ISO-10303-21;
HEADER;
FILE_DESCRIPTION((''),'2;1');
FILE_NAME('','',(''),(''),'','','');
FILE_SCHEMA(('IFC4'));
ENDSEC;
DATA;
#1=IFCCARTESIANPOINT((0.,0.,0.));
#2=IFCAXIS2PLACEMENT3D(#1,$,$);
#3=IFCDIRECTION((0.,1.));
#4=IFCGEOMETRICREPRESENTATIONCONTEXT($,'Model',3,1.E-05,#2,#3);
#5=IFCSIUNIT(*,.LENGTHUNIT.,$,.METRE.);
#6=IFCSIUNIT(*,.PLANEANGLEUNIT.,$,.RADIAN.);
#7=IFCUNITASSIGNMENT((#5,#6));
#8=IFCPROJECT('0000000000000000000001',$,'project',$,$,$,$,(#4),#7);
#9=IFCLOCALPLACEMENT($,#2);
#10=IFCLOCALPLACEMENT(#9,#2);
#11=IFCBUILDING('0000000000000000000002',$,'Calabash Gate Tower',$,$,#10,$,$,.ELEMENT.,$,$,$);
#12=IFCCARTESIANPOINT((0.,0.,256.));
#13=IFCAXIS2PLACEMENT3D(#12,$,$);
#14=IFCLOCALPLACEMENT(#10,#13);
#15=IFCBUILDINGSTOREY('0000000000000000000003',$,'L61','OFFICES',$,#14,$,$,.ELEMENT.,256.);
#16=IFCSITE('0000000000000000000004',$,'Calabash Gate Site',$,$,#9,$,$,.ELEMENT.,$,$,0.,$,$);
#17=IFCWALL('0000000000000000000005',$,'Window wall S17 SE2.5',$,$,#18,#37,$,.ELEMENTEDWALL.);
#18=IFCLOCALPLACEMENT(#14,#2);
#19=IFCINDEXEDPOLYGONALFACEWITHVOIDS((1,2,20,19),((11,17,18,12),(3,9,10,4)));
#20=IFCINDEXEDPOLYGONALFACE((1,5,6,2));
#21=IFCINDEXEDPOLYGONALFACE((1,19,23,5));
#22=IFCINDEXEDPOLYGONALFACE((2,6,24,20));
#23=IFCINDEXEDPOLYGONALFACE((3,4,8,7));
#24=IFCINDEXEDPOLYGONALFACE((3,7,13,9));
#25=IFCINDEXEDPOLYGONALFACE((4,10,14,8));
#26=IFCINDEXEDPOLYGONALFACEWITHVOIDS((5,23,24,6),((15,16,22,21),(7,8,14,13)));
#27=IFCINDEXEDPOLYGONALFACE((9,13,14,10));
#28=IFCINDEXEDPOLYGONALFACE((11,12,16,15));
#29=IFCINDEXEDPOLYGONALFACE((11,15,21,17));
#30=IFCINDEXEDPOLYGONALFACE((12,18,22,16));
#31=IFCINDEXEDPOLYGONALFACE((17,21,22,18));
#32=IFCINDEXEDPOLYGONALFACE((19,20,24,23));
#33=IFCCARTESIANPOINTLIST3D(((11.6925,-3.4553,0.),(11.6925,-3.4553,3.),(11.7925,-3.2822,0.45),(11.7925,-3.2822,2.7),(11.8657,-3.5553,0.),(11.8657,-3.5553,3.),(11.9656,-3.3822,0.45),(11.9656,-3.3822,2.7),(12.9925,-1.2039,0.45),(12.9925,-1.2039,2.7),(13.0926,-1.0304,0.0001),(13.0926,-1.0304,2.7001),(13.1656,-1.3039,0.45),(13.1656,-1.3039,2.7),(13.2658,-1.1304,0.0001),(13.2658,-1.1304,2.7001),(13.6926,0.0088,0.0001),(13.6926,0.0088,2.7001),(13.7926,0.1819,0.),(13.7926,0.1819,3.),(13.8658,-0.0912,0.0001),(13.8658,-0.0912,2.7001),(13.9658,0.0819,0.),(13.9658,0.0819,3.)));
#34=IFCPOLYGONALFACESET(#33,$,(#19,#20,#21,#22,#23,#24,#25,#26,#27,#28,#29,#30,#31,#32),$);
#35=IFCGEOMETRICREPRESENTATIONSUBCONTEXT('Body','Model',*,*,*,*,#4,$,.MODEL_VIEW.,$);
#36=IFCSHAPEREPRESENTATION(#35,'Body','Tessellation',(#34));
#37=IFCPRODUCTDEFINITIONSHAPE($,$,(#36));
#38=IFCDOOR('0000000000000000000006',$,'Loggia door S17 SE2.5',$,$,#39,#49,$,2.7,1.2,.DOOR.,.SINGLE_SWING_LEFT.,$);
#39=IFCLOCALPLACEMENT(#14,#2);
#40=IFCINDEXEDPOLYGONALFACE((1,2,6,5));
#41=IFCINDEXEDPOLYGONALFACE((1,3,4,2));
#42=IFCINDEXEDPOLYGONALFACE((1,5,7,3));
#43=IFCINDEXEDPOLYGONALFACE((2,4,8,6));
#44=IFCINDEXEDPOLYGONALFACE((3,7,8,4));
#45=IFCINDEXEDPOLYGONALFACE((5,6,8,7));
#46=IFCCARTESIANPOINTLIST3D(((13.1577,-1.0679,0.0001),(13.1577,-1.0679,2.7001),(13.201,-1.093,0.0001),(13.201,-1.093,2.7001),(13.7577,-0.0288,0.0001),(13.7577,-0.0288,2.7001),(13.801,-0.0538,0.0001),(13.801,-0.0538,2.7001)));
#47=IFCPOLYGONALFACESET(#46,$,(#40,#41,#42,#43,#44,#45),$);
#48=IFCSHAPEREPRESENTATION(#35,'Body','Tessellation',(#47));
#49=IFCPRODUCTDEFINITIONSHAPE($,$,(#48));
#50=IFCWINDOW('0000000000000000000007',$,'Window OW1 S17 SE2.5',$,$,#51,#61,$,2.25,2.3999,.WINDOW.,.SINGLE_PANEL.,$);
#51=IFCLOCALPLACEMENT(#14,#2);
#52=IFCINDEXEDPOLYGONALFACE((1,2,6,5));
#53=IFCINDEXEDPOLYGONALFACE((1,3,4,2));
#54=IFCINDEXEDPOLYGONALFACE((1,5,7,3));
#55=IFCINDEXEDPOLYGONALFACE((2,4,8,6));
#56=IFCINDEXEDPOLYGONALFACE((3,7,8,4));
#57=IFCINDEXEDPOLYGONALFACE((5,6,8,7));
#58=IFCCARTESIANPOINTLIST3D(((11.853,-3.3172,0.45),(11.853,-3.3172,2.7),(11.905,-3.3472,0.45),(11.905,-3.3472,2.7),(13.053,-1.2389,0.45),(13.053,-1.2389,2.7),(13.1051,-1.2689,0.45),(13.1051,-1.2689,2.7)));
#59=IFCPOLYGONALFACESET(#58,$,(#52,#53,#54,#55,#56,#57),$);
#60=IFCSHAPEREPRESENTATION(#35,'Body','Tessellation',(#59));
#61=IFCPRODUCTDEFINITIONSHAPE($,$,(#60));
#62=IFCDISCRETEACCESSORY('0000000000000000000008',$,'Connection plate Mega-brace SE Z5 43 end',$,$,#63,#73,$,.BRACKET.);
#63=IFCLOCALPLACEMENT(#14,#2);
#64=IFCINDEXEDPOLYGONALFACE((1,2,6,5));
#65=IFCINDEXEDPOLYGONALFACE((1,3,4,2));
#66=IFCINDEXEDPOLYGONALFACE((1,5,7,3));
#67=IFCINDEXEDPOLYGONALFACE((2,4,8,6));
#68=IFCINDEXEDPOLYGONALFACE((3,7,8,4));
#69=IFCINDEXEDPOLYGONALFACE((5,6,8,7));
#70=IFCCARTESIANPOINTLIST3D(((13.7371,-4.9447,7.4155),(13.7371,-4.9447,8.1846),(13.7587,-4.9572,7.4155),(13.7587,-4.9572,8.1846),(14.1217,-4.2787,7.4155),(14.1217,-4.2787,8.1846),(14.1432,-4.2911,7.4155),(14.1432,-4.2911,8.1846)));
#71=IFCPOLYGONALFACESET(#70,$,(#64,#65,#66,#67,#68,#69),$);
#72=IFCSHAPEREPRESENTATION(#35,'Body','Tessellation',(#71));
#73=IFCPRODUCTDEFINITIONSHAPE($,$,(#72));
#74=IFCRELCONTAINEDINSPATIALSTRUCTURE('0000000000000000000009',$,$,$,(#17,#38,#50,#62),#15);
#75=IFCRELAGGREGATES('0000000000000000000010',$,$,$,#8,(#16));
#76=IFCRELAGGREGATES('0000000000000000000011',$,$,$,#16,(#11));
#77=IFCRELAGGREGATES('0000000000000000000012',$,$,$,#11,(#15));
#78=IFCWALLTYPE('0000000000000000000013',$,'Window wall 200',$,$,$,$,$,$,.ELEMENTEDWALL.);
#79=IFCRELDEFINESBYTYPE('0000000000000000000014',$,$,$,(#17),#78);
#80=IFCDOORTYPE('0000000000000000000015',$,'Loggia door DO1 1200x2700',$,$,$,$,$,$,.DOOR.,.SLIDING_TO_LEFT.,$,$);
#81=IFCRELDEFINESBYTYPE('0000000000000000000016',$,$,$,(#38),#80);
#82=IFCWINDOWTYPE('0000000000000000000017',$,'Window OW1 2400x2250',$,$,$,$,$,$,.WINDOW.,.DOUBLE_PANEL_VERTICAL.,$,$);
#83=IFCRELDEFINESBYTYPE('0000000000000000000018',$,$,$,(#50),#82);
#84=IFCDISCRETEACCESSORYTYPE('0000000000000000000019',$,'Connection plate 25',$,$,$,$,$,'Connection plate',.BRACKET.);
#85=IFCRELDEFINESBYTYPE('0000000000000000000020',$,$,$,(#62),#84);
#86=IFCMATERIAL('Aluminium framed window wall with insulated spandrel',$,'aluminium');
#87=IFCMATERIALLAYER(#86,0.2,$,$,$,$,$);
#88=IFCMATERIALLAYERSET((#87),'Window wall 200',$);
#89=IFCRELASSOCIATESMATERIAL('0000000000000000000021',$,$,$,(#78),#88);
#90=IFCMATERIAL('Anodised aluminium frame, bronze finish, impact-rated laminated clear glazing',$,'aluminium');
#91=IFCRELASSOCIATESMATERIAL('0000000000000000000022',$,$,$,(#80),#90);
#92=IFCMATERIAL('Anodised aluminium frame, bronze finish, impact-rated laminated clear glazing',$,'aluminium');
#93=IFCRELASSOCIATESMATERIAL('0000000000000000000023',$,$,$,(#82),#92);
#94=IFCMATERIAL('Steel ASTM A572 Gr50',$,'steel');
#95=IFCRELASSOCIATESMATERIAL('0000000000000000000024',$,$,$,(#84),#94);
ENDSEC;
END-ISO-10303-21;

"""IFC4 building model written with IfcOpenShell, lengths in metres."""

from ifc_helpers import new_model, si_unit, direction, frame, frame_2d, origin, origin_2d, place, context, subcontext, project, spatial, rectangle, extrude, material, layer, layer_set, type_object, element, fill, save


model = new_model("IFC4")

# Units and contexts
model_context = context("Model", 3, precision=1e-05, world=origin(), true_north=direction((0.0, 1.0)))
body_context = subcontext(model_context, "Body", "Model", "MODEL_VIEW")
ifc_project = project(units=[si_unit("LENGTHUNIT", "METRE"), si_unit("PLANEANGLEUNIT", "RADIAN")], contexts=[model_context])

# Site, building, storey
site_placement = place(None, origin())
site = spatial("IfcSite", under=ifc_project, at=site_placement, Name="Calabash Gate Site", CompositionType="ELEMENT", RefElevation=0.0)
building_placement = place(site_placement, origin())
building = spatial("IfcBuilding", under=site, at=building_placement, Name="Calabash Gate Tower", CompositionType="ELEMENT")
storey_placement = place(building_placement, frame((0.0, 0.0, 256.0)))
storey = spatial("IfcBuildingStorey", under=building, at=storey_placement, Name="L61", Description="OFFICES", CompositionType="ELEMENT", Elevation=256.0)

# Shared definitions
ifc_material_1 = material(Name="Aluminium framed window wall with insulated spandrel", Category="aluminium")
ifc_layer_1 = layer(ifc_material_1, 0.2)
ifc_layer_set_1 = layer_set([ifc_layer_1], Name="Window wall 200")
wall_type_1 = type_object("IfcWallType", Name="Window wall 200", PredefinedType="ELEMENTEDWALL", material=ifc_layer_set_1)

# Wall, openings, door, window
wall_1_placement = place(storey_placement, frame((11.7791, -3.5054, 0.0), z_axis=(0.0, 0.0, 1.0), x_axis=(0.500028, 0.866009, 0.0)))
wall_1 = element("IfcWall", 1, at=wall_1_placement, inside=storey, type_object=wall_type_1, Name="Window wall S17 SE2.5", PredefinedType="ELEMENTEDWALL", context=body_context, shape_type="SweptSolid", body=[
    extrude(rectangle(XDim=4.2, YDim=0.2, at=frame_2d((2.1001, 0.0))), origin(), (0.0, 0.0, 1.0), 3.0),
])
opening_1_placement = place(wall_1_placement, frame((0.2, 0.0, 0.45)))
opening_1 = element("IfcOpeningElement", 2, at=opening_1_placement, cuts=wall_1, PredefinedType="OPENING", context=body_context, shape_type="SweptSolid", body=[
    extrude(rectangle(XDim=2.3999, YDim=2.25, at=frame_2d((1.2, 1.125))), frame((0.0, 0.1099, 0.0), z_axis=(0.0, -1.0, 0.0), x_axis=(1.0, 0.0, 0.0)), (0.0, 0.0, 1.0), 0.22),
])
opening_2_placement = place(wall_1_placement, frame((2.8, 0.0, 0.0)))
opening_2 = element("IfcOpeningElement", 3, at=opening_2_placement, cuts=wall_1, PredefinedType="OPENING", context=body_context, shape_type="SweptSolid", body=[
    extrude(rectangle(XDim=1.2, YDim=2.7, at=frame_2d((0.6001, 1.3501))), frame((0.0, 0.1099, 0.0), z_axis=(0.0, -1.0, 0.0), x_axis=(1.0, 0.0, 0.0)), (0.0, 0.0, 1.0), 0.22),
])
ifc_material_2 = material(Name="Anodised aluminium frame, bronze finish, impact-rated laminated clear glazing", Category="aluminium")
door_type_1 = type_object("IfcDoorType", Name="Loggia door DO1 1200x2700", OperationType="SLIDING_TO_LEFT", PredefinedType="DOOR", material=ifc_material_2)
door_1_placement = place(opening_2_placement, origin())
door_1 = element("IfcDoor", 4, at=door_1_placement, inside=storey, type_object=door_type_1, Name="Loggia door S17 SE2.5", OperationType="SINGLE_SWING_LEFT", OverallHeight=2.7, OverallWidth=1.2, PredefinedType="DOOR", context=body_context, shape_type="SweptSolid", body=[
    extrude(rectangle(XDim=1.2, YDim=2.7, at=frame_2d((0.6001, 1.3501))), frame((0.0, 0.0249, 0.0), z_axis=(0.0, -1.0, 0.0), x_axis=(1.0, 0.0, 0.0)), (0.0, 0.0, 1.0), 0.05),
])
fill(opening_2, door_1)
ifc_material_3 = material(Name="Anodised aluminium frame, bronze finish, impact-rated laminated clear glazing", Category="aluminium")
window_type = type_object("IfcWindowType", Name="Window OW1 2400x2250", PartitioningType="DOUBLE_PANEL_VERTICAL", PredefinedType="WINDOW", material=ifc_material_3)
window_placement = place(opening_1_placement, origin())
window = element("IfcWindow", 5, at=window_placement, inside=storey, type_object=window_type, Name="Window OW1 S17 SE2.5", OverallHeight=2.25, OverallWidth=2.3999, PartitioningType="SINGLE_PANEL", PredefinedType="WINDOW", context=body_context, shape_type="SweptSolid", body=[
    extrude(rectangle(XDim=2.3999, YDim=2.25, at=frame_2d((1.2, 1.125))), frame((0.0, 0.03, 0.0), z_axis=(0.0, -1.0, 0.0), x_axis=(1.0, 0.0, 0.0)), (0.0, 0.0, 1.0), 0.0601),
])
fill(opening_1, window)

# Discrete accessory
ifc_material_4 = material(Name="Steel ASTM A572 Gr50", Category="steel")
discrete_accessory_type = type_object("IfcDiscreteAccessoryType", Name="Connection plate 25", ElementType="Connection plate", PredefinedType="BRACKET", material=ifc_material_4)
discrete_accessory_placement = place(storey_placement, frame((13.9402, -4.6179, 7.4155), z_axis=(0.0, 0.0, 1.0), x_axis=(0.5, 0.866025, 0.0)))
element("IfcDiscreteAccessory", 6, at=discrete_accessory_placement, inside=storey, type_object=discrete_accessory_type, Name="Connection plate Mega-brace SE Z5 43 end", PredefinedType="BRACKET", context=body_context, shape_type="SweptSolid", body=[
    extrude(rectangle(XDim=0.769, YDim=0.0249, at=origin_2d()), origin(), (0.0, 0.0, 1.0), 0.769),
])

save(model, "model.ifc")
